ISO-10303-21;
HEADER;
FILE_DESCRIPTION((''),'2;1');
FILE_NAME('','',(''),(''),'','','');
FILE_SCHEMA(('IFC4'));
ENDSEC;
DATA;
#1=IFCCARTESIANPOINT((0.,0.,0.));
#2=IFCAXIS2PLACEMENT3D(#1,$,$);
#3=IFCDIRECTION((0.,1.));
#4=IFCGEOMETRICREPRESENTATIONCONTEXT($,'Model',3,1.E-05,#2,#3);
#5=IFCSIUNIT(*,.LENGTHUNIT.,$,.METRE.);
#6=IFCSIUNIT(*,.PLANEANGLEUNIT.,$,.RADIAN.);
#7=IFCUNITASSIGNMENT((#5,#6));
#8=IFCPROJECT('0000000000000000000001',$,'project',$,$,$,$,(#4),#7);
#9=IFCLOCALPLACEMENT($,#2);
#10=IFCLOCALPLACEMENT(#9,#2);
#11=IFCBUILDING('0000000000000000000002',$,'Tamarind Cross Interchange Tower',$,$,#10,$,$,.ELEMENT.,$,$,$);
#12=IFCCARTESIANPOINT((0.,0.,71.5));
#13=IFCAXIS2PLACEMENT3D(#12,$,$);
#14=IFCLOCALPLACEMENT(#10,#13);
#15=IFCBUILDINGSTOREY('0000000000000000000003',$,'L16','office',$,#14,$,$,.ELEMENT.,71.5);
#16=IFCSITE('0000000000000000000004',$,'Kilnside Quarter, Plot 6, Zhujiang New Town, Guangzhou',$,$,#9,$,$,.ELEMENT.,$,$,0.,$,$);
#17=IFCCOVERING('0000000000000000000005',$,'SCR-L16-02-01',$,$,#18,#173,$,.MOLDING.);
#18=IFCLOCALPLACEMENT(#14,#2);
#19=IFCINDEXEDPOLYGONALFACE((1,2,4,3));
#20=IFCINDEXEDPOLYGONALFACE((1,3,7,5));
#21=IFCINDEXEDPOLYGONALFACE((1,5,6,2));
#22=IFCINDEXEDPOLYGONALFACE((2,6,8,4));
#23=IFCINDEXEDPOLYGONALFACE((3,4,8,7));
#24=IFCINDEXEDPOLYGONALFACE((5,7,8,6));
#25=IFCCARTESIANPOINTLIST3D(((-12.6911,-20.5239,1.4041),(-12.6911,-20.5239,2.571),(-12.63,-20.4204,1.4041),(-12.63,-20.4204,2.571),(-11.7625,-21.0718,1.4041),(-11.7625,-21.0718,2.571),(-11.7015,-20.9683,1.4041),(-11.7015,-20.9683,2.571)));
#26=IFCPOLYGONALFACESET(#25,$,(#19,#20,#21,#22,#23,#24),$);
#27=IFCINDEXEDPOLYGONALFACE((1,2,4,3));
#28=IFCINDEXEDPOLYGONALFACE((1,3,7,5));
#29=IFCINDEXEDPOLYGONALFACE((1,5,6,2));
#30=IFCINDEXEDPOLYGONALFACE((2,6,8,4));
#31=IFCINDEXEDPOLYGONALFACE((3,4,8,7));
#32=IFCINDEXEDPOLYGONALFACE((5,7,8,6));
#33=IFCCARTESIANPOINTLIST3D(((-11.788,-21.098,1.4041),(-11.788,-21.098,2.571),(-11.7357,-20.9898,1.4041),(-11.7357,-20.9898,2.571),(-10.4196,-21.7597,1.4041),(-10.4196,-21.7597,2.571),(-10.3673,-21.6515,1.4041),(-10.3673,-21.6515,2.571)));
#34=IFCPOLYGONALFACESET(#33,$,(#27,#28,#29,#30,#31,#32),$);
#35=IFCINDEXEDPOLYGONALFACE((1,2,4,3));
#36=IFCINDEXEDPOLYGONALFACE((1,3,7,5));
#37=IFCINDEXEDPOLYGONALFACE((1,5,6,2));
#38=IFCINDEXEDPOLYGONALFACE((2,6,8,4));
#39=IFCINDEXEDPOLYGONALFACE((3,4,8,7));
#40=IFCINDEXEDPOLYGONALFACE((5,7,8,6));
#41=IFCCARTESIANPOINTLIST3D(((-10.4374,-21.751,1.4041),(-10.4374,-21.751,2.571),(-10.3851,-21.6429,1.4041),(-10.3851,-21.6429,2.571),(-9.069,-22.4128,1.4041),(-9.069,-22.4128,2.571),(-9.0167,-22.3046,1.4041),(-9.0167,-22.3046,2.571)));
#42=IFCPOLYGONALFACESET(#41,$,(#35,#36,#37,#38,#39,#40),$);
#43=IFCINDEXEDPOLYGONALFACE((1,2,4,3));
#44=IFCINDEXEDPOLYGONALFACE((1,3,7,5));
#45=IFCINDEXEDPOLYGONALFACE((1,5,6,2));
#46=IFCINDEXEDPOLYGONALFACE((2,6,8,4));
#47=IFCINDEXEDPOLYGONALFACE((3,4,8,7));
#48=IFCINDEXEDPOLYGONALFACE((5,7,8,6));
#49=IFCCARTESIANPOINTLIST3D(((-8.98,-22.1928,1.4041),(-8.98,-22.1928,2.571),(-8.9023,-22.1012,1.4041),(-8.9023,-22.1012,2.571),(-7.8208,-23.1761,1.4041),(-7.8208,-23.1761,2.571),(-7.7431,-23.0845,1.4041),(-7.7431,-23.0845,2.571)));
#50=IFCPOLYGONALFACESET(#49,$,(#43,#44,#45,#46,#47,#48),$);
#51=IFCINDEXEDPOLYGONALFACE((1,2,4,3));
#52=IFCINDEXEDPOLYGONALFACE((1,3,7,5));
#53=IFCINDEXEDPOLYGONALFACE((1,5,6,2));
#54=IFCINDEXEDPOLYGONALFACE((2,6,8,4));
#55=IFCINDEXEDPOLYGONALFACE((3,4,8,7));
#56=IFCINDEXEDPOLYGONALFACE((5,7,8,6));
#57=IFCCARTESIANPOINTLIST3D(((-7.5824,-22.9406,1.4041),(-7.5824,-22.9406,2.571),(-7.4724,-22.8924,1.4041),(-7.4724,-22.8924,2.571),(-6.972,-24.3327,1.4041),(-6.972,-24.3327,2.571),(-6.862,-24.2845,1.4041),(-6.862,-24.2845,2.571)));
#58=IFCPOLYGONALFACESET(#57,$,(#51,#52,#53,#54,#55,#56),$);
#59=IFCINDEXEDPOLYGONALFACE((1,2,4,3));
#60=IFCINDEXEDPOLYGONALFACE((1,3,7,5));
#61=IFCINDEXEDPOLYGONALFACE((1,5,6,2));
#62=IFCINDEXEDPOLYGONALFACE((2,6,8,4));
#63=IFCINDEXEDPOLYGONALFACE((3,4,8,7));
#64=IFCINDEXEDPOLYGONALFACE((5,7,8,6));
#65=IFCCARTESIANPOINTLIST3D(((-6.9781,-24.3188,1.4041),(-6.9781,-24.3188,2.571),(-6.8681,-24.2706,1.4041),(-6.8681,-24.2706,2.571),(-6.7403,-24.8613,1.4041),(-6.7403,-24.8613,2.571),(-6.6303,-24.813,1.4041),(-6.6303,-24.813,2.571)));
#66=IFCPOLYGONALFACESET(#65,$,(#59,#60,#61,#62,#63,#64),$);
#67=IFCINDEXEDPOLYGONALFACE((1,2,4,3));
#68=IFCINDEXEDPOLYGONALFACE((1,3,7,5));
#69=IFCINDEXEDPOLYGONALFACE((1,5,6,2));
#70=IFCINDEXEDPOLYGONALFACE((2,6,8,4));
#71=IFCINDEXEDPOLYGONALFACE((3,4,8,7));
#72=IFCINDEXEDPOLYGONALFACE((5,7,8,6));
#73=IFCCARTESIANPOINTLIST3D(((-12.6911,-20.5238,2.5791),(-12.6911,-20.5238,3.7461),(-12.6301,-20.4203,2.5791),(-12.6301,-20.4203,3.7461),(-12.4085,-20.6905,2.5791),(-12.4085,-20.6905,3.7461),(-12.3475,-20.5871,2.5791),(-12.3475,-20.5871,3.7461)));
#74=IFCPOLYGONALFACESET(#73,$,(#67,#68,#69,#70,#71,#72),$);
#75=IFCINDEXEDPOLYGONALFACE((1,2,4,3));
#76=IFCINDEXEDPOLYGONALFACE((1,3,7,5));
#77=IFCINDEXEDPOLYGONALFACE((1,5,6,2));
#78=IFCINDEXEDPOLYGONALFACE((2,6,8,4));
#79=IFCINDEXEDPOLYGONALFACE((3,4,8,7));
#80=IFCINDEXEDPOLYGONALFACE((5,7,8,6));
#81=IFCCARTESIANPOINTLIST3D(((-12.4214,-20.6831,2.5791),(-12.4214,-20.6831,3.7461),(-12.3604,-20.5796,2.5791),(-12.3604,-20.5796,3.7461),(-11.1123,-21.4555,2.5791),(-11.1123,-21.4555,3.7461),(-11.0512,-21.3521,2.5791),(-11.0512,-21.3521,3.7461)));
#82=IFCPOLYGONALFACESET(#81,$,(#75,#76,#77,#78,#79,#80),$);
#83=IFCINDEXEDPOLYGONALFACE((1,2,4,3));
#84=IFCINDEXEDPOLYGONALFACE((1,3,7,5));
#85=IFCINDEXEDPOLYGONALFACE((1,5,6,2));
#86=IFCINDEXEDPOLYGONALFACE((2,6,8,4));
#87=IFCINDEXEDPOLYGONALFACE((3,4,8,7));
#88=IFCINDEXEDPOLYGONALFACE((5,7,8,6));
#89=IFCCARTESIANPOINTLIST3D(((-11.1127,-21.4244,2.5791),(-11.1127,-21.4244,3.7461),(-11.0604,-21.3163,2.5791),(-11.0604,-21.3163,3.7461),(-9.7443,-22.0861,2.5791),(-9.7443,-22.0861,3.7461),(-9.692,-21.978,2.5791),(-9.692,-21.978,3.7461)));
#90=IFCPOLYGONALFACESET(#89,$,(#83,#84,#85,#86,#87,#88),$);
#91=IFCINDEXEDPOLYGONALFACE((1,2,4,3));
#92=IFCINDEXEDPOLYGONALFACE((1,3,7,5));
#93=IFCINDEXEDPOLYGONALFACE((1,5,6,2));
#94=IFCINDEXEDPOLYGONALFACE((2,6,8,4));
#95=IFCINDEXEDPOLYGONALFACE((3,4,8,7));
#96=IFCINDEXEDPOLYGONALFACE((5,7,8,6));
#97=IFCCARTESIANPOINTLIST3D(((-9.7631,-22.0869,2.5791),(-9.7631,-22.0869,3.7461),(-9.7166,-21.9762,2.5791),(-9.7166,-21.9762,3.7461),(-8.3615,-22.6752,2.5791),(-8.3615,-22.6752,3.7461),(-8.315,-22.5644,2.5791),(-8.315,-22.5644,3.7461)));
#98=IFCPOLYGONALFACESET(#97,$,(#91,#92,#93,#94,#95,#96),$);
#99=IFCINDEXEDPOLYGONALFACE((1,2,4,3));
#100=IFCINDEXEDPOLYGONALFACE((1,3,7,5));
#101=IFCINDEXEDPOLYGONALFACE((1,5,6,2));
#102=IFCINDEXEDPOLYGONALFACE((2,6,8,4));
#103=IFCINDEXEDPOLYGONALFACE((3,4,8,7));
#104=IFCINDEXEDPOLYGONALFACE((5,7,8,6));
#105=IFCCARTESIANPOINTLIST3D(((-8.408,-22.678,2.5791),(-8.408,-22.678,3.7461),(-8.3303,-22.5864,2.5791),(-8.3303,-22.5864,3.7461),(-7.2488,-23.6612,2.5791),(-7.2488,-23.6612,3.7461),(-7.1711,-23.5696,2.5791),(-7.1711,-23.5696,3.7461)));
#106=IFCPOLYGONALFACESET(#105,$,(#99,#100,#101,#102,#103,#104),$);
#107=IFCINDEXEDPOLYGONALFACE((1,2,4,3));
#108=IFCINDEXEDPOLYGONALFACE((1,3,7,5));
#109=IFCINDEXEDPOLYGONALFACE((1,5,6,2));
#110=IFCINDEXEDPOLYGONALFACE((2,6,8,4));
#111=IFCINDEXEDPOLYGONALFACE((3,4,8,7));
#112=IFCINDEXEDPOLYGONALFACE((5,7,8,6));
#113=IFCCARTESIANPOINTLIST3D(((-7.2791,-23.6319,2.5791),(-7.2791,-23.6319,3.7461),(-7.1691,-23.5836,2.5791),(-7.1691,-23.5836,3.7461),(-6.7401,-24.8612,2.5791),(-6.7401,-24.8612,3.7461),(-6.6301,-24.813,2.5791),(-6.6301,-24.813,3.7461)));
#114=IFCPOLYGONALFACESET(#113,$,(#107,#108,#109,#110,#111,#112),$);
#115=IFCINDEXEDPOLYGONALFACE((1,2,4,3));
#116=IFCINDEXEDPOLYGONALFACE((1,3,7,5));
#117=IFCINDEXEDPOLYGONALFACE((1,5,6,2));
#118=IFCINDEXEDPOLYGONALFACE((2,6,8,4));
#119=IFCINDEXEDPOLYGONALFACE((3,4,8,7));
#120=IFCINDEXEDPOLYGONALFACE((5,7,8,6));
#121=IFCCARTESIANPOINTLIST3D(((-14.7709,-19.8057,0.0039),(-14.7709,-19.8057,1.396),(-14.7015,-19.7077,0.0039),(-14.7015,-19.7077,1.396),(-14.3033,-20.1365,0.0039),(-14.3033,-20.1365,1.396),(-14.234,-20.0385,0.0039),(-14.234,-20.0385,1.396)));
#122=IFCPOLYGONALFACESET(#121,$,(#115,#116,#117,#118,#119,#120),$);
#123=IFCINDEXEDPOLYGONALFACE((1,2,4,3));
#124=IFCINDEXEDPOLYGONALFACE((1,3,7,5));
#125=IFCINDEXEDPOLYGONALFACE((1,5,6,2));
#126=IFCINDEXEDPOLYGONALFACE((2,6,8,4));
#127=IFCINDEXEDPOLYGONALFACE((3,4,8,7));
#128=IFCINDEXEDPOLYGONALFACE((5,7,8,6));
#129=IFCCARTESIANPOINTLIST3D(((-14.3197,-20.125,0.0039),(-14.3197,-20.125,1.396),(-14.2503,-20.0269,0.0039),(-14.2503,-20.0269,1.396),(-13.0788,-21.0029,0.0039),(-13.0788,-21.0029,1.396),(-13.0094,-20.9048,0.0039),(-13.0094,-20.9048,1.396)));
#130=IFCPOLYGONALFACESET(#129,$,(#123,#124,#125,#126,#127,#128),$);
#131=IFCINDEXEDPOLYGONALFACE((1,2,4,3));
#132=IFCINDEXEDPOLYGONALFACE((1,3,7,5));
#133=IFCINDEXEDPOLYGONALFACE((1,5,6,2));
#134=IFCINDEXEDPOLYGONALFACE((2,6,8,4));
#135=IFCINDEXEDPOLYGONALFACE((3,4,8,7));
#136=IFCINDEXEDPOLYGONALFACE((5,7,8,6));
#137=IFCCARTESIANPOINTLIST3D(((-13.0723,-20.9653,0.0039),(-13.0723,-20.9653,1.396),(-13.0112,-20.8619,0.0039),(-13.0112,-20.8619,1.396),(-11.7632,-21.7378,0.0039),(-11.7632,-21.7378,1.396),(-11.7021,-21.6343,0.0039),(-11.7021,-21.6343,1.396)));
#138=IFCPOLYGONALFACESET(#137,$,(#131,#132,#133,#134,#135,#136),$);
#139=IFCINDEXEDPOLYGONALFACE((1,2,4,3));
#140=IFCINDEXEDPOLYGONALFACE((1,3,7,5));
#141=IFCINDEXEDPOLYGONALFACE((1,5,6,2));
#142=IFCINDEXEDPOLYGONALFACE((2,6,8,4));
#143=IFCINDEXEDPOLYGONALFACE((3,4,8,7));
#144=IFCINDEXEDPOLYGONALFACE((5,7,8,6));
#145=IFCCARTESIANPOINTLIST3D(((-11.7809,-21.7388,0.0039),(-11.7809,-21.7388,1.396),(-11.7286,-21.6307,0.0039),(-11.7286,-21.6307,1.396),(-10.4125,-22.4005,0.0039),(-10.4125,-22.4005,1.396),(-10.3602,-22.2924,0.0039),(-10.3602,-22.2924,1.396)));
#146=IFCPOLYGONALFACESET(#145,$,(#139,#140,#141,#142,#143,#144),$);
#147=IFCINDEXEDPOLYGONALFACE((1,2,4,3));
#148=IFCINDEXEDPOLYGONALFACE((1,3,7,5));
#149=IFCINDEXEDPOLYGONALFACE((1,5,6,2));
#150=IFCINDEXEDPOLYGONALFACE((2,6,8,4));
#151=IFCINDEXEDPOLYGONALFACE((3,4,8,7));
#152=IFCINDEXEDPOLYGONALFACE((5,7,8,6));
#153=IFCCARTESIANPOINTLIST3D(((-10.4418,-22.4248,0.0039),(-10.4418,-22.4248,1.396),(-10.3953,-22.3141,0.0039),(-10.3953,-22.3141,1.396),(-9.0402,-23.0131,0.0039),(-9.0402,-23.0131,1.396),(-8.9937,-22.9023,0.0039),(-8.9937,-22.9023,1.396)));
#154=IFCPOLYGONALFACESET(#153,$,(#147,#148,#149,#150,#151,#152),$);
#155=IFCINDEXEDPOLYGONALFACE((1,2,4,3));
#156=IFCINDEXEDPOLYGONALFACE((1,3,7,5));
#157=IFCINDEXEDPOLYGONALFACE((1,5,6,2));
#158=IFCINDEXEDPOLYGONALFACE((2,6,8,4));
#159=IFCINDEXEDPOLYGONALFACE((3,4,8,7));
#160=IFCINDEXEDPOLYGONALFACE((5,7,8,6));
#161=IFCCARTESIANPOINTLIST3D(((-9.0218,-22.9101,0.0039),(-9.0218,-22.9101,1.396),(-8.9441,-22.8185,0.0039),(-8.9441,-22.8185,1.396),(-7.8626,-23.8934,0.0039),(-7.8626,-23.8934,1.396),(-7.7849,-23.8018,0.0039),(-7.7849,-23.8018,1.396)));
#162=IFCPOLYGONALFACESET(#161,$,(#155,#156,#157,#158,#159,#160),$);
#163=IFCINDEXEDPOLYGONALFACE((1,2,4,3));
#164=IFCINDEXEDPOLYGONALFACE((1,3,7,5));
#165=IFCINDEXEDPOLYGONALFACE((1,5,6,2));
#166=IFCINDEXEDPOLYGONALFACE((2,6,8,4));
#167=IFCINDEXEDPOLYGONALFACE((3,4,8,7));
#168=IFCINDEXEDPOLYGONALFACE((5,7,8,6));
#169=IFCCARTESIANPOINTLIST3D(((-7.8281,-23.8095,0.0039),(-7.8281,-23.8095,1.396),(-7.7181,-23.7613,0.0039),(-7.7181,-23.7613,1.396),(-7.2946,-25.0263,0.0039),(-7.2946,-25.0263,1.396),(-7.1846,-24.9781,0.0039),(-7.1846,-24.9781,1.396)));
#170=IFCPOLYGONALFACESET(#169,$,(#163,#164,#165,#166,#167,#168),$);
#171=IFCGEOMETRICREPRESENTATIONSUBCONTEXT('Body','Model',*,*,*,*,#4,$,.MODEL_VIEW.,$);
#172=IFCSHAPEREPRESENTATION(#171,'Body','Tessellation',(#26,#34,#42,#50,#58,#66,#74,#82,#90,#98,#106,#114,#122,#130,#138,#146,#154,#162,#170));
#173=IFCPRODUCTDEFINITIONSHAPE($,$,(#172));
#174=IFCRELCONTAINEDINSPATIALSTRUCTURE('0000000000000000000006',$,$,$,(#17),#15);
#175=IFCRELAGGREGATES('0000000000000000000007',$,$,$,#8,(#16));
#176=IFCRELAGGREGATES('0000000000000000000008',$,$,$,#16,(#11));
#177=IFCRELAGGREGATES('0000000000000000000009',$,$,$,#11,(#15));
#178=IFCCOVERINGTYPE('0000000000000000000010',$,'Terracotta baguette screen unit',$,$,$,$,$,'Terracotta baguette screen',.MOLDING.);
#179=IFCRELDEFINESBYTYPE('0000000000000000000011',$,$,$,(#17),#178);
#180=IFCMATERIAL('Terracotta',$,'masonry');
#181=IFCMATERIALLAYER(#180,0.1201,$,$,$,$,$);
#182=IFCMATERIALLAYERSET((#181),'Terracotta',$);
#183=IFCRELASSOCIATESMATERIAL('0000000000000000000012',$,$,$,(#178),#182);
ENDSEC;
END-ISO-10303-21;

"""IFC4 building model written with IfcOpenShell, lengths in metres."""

from ifc_helpers import new_model, si_unit, direction, frame, origin, origin_2d, place, context, subcontext, project, spatial, rectangle, extrude, material, layer, layer_set, type_object, element, save


model = new_model("IFC4")

# Units and contexts
model_context = context("Model", 3, precision=1e-05, world=origin(), true_north=direction((0.0, 1.0)))
body_context = subcontext(model_context, "Body", "Model", "MODEL_VIEW")
ifc_project = project(units=[si_unit("LENGTHUNIT", "METRE"), si_unit("PLANEANGLEUNIT", "RADIAN")], contexts=[model_context])

# Site, building, storey
site_placement = place(None, origin())
site = spatial("IfcSite", under=ifc_project, at=site_placement, Name="Kilnside Quarter, Plot 6, Zhujiang New Town, Guangzhou", CompositionType="ELEMENT", RefElevation=0.0)
building_placement = place(site_placement, origin())
building = spatial("IfcBuilding", under=site, at=building_placement, Name="Tamarind Cross Interchange Tower", CompositionType="ELEMENT")
storey_placement = place(building_placement, frame((0.0, 0.0, 71.5)))
storey = spatial("IfcBuildingStorey", under=building, at=storey_placement, Name="L16", Description="office", CompositionType="ELEMENT", Elevation=71.5)

# Covering
ifc_material_1 = material(Name="Terracotta", Category="masonry")
ifc_layer_1 = layer(ifc_material_1, 0.1201)
ifc_layer_set_1 = layer_set([ifc_layer_1], Name="Terracotta")
covering_type = type_object("IfcCoveringType", Name="Terracotta baguette screen unit", ElementType="Terracotta baguette screen", PredefinedType="MOLDING", material=ifc_layer_set_1)
covering_1_placement = place(storey_placement, origin())
element("IfcCovering", 1, at=covering_1_placement, inside=storey, type_object=covering_type, Name="SCR-L16-02-01", PredefinedType="MOLDING", context=body_context, shape_type="SweptSolid", body=[
    extrude(rectangle(XDim=1.0781, YDim=0.1201, at=origin_2d()), frame((-12.1963, -20.7461, 1.4041), z_axis=(0.0, 0.0, 1.0), x_axis=(0.861249, -0.508183, 0.0)), (0.0, 0.0, 1.0), 1.167),
    extrude(rectangle(XDim=1.52, YDim=0.1201, at=origin_2d()), frame((-11.0776, -21.3748, 1.4041), z_axis=(0.0, 0.0, 1.0), x_axis=(0.900273, -0.435326, 0.0)), (0.0, 0.0, 1.0), 1.167),
    extrude(rectangle(XDim=1.52, YDim=0.1201, at=origin_2d()), frame((-9.7271, -22.0278, 1.4041), z_axis=(0.0, 0.0, 1.0), x_axis=(0.900273, -0.435326, 0.0)), (0.0, 0.0, 1.0), 1.167),
    extrude(rectangle(XDim=1.52, YDim=0.1201, at=origin_2d()), frame((-8.3616, -22.6387, 1.4041), z_axis=(0.0, 0.0, 1.0), x_axis=(0.7626, -0.646871, 0.0)), (0.0, 0.0, 1.0), 1.167),
    extrude(rectangle(XDim=1.52, YDim=0.1201, at=origin_2d()), frame((-7.2222, -23.6125, 1.4041), z_axis=(0.0, 0.0, 1.0), x_axis=(0.401557, -0.915834, 0.0)), (0.0, 0.0, 1.0), 1.167),
    extrude(rectangle(XDim=0.5923, YDim=0.1201, at=origin_2d()), frame((-6.8042, -24.5659, 1.4041), z_axis=(0.0, 0.0, 1.0), x_axis=(0.401557, -0.915834, 0.0)), (0.0, 0.0, 1.0), 1.167),
    extrude(rectangle(XDim=0.3281, YDim=0.1201, at=origin_2d()), frame((-12.5193, -20.5554, 2.5791), z_axis=(0.0, 0.0, 1.0), x_axis=(0.861249, -0.508183, 0.0)), (0.0, 0.0, 1.0), 1.167),
    extrude(rectangle(XDim=1.52, YDim=0.1201, at=origin_2d()), frame((-11.7363, -21.0176, 2.5791), z_axis=(0.0, 0.0, 1.0), x_axis=(0.861249, -0.508183, 0.0)), (0.0, 0.0, 1.0), 1.167),
    extrude(rectangle(XDim=1.52, YDim=0.1201, at=origin_2d()), frame((-10.4023, -21.7012, 2.5791), z_axis=(0.0, 0.0, 1.0), x_axis=(0.900273, -0.435326, 0.0)), (0.0, 0.0, 1.0), 1.167),
    extrude(rectangle(XDim=1.52, YDim=0.1201, at=origin_2d()), frame((-9.0391, -22.3257, 2.5791), z_axis=(0.0, 0.0, 1.0), x_axis=(0.922084, -0.386991, 0.0)), (0.0, 0.0, 1.0), 1.167),
    extrude(rectangle(XDim=1.52, YDim=0.1201, at=origin_2d()), frame((-7.7896, -23.1238, 2.5791), z_axis=(0.0, 0.0, 1.0), x_axis=(0.7626, -0.646871, 0.0)), (0.0, 0.0, 1.0), 1.167),
    extrude(rectangle(XDim=1.3423, YDim=0.1201, at=origin_2d()), frame((-6.9546, -24.2224, 2.5791), z_axis=(0.0, 0.0, 1.0), x_axis=(0.401557, -0.915834, 0.0)), (0.0, 0.0, 1.0), 1.167),
    extrude(rectangle(XDim=0.5728, YDim=0.1201, at=origin_2d()), frame((-14.5024, -19.9221, 0.0039), z_axis=(0.0, 0.0, 1.0), x_axis=(0.816342, -0.577569, 0.0)), (0.0, 0.0, 1.0), 1.3921),
    extrude(rectangle(XDim=1.52, YDim=0.1201, at=origin_2d()), frame((-13.6646, -20.5149, 0.0039), z_axis=(0.0, 0.0, 1.0), x_axis=(0.816342, -0.577569, 0.0)), (0.0, 0.0, 1.0), 1.3921),
    extrude(rectangle(XDim=1.52, YDim=0.1201, at=origin_2d()), frame((-12.3872, -21.2998, 0.0039), z_axis=(0.0, 0.0, 1.0), x_axis=(0.861249, -0.508183, 0.0)), (0.0, 0.0, 1.0), 1.3921),
    extrude(rectangle(XDim=1.52, YDim=0.1201, at=origin_2d()), frame((-11.0706, -22.0156, 0.0039), z_axis=(0.0, 0.0, 1.0), x_axis=(0.900273, -0.435326, 0.0)), (0.0, 0.0, 1.0), 1.3921),
    extrude(rectangle(XDim=1.52, YDim=0.1201, at=origin_2d()), frame((-9.7178, -22.6636, 0.0039), z_axis=(0.0, 0.0, 1.0), x_axis=(0.922084, -0.386991, 0.0)), (0.0, 0.0, 1.0), 1.3921),
    extrude(rectangle(XDim=1.52, YDim=0.1201, at=origin_2d()), frame((-8.4033, -23.356, 0.0039), z_axis=(0.0, 0.0, 1.0), x_axis=(0.7626, -0.646871, 0.0)), (0.0, 0.0, 1.0), 1.3921),
    extrude(rectangle(XDim=1.3286, YDim=0.1201, at=origin_2d()), frame((-7.5063, -24.3938, 0.0039), z_axis=(0.0, 0.0, 1.0), x_axis=(0.401557, -0.915834, 0.0)), (0.0, 0.0, 1.0), 1.3921),
])

save(model, "model.ifc")
